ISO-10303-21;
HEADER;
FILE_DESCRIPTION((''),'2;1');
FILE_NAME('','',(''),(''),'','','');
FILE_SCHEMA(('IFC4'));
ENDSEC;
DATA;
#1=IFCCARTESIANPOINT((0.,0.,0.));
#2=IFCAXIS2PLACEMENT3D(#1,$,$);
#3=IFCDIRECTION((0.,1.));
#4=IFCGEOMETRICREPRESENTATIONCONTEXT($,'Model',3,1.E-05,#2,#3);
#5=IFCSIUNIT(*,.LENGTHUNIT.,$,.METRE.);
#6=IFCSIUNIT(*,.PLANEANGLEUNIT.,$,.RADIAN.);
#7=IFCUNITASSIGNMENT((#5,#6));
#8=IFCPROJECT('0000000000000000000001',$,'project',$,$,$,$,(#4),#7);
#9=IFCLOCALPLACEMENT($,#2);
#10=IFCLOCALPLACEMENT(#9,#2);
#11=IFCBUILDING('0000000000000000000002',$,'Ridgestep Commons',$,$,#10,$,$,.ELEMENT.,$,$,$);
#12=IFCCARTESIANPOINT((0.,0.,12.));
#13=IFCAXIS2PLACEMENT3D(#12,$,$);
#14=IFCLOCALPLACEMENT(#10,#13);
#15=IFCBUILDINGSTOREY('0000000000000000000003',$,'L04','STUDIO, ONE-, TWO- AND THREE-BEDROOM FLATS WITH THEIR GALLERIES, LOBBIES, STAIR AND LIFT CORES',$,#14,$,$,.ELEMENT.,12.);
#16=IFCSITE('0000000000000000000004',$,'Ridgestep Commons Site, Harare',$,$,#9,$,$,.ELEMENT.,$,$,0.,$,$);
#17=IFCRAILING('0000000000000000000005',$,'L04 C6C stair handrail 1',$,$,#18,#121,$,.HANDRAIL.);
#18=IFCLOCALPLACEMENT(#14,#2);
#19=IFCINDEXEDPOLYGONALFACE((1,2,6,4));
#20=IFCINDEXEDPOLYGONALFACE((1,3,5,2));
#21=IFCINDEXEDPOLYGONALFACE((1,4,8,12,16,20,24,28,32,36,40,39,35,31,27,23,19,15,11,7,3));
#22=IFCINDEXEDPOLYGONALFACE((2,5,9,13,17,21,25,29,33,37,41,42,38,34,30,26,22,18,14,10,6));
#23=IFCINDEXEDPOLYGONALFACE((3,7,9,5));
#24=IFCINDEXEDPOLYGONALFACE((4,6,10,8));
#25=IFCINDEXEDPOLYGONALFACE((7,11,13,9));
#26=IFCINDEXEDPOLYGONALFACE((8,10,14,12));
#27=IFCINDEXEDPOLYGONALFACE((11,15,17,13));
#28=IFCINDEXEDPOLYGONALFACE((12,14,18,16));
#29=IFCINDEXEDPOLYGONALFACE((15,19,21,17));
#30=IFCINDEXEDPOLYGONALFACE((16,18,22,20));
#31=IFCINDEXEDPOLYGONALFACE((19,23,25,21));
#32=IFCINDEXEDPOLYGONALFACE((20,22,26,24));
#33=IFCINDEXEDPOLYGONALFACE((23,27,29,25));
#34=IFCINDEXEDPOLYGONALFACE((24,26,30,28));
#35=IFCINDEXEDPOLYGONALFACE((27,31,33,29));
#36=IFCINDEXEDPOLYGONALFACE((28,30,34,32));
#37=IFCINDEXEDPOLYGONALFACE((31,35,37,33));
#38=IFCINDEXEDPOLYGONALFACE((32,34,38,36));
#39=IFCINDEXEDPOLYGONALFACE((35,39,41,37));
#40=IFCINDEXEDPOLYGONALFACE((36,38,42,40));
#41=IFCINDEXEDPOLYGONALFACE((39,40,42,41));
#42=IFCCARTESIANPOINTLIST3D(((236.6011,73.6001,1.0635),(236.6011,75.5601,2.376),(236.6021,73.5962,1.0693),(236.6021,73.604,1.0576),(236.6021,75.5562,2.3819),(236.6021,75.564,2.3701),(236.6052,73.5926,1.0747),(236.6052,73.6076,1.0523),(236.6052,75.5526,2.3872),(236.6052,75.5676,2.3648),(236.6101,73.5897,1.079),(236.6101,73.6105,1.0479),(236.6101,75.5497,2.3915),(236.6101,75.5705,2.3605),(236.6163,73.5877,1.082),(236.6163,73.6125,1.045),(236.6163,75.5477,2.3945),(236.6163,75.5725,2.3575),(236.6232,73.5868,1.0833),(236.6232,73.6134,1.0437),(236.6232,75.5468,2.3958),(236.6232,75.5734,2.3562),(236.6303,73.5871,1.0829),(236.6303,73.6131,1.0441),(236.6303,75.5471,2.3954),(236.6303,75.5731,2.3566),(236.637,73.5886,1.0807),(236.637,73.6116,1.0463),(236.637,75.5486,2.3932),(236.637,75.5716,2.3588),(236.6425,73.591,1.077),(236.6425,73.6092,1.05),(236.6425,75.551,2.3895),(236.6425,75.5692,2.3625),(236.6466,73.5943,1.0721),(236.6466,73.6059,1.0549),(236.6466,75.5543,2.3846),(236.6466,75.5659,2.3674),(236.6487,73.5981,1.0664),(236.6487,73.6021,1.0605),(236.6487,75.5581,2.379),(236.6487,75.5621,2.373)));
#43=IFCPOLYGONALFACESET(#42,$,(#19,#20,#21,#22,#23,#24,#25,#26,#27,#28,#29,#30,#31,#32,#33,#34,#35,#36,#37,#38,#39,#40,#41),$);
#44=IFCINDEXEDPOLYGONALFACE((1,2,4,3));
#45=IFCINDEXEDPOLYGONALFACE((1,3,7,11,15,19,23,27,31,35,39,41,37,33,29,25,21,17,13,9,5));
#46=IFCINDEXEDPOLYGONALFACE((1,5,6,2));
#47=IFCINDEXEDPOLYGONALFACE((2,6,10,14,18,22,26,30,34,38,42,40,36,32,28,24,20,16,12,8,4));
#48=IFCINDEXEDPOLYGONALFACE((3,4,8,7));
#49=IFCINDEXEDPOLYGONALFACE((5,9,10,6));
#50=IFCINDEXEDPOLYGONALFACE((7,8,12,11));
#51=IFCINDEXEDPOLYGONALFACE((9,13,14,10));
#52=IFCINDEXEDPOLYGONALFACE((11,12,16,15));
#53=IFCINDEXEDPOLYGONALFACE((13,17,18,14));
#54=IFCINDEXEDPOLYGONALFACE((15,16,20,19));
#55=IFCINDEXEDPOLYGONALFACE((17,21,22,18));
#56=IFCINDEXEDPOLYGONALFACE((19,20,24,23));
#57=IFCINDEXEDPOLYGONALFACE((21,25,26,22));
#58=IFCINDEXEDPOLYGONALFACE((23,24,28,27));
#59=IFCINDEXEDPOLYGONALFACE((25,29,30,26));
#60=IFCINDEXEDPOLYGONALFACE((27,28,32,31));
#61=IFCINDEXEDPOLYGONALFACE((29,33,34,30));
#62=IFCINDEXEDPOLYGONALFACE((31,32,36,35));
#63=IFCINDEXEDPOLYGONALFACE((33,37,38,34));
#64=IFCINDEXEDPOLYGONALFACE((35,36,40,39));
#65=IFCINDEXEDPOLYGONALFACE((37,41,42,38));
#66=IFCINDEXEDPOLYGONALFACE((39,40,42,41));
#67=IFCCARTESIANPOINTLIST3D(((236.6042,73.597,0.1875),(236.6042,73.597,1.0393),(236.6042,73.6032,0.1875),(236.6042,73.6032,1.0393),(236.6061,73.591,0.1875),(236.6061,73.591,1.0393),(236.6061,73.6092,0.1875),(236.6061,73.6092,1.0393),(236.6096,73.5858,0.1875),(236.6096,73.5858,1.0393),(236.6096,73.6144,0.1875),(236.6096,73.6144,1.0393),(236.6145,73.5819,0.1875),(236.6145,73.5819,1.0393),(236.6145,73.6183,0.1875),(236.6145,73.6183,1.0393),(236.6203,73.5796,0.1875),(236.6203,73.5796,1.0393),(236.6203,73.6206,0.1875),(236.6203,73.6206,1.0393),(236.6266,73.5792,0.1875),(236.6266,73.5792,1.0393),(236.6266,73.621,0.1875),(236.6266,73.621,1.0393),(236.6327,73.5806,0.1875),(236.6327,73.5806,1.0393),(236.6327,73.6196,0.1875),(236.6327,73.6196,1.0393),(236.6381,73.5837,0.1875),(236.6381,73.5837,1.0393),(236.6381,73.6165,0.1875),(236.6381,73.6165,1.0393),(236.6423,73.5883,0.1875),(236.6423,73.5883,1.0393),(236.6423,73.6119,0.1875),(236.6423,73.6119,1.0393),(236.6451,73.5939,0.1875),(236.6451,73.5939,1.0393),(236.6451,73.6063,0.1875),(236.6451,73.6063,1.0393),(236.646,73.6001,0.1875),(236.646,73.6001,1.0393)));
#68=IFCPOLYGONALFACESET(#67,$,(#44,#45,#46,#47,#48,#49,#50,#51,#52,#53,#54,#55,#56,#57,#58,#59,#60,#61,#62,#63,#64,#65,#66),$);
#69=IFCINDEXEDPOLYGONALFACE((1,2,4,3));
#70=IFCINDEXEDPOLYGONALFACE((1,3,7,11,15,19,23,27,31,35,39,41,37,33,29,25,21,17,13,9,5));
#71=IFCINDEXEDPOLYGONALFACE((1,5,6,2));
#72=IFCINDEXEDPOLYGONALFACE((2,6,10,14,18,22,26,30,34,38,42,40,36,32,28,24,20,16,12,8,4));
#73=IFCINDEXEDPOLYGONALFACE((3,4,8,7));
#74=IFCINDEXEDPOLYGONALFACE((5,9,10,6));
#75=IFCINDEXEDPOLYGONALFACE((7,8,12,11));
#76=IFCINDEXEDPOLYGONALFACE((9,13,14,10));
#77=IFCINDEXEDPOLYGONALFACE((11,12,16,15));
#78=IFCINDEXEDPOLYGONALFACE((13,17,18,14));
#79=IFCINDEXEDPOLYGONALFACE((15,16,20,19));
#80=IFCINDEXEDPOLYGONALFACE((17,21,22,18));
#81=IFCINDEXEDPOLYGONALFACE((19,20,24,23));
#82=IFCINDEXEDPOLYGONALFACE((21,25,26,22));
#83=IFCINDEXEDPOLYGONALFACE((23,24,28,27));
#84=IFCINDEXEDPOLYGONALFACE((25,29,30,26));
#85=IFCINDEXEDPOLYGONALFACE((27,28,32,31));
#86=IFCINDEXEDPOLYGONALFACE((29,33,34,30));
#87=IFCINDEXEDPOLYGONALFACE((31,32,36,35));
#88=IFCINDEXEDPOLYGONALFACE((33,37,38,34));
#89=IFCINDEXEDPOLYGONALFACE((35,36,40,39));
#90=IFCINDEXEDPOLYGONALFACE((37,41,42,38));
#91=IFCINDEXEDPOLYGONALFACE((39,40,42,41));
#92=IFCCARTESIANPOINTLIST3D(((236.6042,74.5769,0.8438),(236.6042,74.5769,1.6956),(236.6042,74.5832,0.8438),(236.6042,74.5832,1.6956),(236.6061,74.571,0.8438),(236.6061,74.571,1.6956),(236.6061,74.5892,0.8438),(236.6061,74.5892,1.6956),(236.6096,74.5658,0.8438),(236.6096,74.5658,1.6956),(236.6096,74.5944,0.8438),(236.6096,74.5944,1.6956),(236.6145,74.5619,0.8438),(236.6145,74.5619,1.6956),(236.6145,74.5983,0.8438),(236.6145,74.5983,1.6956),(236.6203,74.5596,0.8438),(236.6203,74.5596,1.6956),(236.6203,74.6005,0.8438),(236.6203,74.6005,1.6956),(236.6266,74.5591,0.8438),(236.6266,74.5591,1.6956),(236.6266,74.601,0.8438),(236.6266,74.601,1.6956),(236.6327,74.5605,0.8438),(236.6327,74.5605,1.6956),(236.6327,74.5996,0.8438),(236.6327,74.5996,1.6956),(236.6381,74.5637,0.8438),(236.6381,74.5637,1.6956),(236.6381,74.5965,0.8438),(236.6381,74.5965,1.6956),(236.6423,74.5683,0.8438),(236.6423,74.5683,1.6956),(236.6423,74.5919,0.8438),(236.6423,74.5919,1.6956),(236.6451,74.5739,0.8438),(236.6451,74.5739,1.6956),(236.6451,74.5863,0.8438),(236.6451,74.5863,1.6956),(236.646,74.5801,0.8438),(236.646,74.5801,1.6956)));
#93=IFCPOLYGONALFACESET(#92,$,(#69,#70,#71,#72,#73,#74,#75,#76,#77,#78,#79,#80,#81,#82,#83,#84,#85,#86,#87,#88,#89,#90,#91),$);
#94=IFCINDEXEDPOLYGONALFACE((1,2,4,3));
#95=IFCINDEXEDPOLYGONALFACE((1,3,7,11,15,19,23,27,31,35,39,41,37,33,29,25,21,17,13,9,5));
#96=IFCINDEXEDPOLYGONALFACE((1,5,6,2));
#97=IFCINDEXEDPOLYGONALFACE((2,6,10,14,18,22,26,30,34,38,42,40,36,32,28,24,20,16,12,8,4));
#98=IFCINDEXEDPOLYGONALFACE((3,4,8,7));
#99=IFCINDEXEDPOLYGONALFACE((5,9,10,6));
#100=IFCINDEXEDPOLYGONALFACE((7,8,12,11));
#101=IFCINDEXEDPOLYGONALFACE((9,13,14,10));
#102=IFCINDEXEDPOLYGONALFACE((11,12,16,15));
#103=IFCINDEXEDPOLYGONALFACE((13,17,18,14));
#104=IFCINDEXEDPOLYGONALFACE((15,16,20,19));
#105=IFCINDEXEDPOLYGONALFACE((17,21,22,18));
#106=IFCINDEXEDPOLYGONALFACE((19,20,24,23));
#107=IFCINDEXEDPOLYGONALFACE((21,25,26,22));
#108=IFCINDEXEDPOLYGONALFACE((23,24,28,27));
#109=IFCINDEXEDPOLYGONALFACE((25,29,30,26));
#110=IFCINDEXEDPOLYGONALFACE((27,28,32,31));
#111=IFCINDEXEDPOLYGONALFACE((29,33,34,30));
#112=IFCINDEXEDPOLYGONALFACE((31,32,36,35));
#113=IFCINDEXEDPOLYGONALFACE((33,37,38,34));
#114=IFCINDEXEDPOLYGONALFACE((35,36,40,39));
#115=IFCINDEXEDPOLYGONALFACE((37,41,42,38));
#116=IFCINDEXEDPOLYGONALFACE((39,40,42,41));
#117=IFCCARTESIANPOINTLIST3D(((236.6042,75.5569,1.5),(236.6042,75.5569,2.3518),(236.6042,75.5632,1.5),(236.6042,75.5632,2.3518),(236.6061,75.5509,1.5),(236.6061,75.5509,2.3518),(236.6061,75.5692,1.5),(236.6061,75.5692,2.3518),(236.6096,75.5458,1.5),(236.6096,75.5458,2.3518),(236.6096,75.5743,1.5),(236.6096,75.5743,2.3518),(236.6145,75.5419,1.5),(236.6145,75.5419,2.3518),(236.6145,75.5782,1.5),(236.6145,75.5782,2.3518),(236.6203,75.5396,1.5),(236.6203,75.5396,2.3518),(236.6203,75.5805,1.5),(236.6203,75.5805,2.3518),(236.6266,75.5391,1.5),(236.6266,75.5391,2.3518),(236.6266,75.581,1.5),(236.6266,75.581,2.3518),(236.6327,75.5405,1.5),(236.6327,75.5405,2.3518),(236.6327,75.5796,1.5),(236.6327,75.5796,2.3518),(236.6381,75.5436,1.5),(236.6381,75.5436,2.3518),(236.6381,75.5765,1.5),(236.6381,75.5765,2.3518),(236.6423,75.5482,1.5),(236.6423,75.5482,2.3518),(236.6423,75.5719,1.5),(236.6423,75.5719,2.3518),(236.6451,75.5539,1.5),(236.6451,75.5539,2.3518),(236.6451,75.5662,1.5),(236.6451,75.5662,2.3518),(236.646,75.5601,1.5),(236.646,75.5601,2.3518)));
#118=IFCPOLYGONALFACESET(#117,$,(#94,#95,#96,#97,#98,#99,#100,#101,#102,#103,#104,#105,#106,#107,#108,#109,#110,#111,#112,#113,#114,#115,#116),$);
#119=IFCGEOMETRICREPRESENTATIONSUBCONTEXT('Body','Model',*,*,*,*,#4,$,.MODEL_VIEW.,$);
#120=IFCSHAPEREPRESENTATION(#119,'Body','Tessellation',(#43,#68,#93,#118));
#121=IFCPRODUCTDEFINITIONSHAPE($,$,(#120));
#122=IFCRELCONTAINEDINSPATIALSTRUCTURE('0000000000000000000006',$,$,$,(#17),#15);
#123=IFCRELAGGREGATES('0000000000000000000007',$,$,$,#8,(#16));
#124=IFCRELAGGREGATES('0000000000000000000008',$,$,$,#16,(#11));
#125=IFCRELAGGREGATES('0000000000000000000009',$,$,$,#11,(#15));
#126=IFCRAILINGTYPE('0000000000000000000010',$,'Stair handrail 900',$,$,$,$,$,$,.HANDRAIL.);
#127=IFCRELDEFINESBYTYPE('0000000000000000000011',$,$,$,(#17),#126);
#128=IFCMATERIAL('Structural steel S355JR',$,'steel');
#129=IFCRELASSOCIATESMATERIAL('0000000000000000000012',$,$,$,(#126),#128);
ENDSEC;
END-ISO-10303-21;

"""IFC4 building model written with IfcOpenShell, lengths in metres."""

from ifc_helpers import new_model, si_unit, direction, frame, origin, origin_2d, place, context, subcontext, project, spatial, circle, extrude, material, type_object, element, save


model = new_model("IFC4")

# Units and contexts
model_context = context("Model", 3, precision=1e-05, world=origin(), true_north=direction((0.0, 1.0)))
body_context = subcontext(model_context, "Body", "Model", "MODEL_VIEW")
ifc_project = project(units=[si_unit("LENGTHUNIT", "METRE"), si_unit("PLANEANGLEUNIT", "RADIAN")], contexts=[model_context])

# Site, building, storey
site_placement = place(None, origin())
site = spatial("IfcSite", under=ifc_project, at=site_placement, Name="Ridgestep Commons Site, Harare", CompositionType="ELEMENT", RefElevation=0.0)
building_placement = place(site_placement, origin())
building = spatial("IfcBuilding", under=site, at=building_placement, Name="Ridgestep Commons", CompositionType="ELEMENT")
storey_placement = place(building_placement, frame((0.0, 0.0, 12.0)))
storey = spatial("IfcBuildingStorey", under=building, at=storey_placement, Name="L04", Description="STUDIO, ONE-, TWO- AND THREE-BEDROOM FLATS WITH THEIR GALLERIES, LOBBIES, STAIR AND LIFT CORES", CompositionType="ELEMENT", Elevation=12.0)

# Railing
ifc_material_1 = material(Name="Structural steel S355JR", Category="steel")
railing_type_1 = type_object("IfcRailingType", Name="Stair handrail 900", PredefinedType="HANDRAIL", material=ifc_material_1)
railing_1_placement = place(storey_placement, frame((236.625, 73.6001, 0.1875)))
element("IfcRailing", 1, at=railing_1_placement, inside=storey, type_object=railing_type_1, Name="L04 C6C stair handrail 1", PredefinedType="HANDRAIL", context=body_context, shape_type="SweptSolid", body=[
    extrude(circle(Radius=0.0239, at=origin_2d()), frame((0.0, 0.0, 0.876), z_axis=(0.0, 0.830902, 0.556419), x_axis=(-1.0, 0.0, 0.0)), (0.0, 0.0, 1.0), 2.3589),
    extrude(circle(Radius=0.021, at=origin_2d()), origin(), (0.0, 0.0, 1.0), 0.8518),
    extrude(circle(Radius=0.021, at=origin_2d()), frame((0.0, 0.98, 0.6562)), (0.0, 0.0, 1.0), 0.8518),
    extrude(circle(Radius=0.021, at=origin_2d()), frame((0.0, 1.96, 1.3125)), (0.0, 0.0, 1.0), 0.8518),
])

save(model, "model.ifc")
